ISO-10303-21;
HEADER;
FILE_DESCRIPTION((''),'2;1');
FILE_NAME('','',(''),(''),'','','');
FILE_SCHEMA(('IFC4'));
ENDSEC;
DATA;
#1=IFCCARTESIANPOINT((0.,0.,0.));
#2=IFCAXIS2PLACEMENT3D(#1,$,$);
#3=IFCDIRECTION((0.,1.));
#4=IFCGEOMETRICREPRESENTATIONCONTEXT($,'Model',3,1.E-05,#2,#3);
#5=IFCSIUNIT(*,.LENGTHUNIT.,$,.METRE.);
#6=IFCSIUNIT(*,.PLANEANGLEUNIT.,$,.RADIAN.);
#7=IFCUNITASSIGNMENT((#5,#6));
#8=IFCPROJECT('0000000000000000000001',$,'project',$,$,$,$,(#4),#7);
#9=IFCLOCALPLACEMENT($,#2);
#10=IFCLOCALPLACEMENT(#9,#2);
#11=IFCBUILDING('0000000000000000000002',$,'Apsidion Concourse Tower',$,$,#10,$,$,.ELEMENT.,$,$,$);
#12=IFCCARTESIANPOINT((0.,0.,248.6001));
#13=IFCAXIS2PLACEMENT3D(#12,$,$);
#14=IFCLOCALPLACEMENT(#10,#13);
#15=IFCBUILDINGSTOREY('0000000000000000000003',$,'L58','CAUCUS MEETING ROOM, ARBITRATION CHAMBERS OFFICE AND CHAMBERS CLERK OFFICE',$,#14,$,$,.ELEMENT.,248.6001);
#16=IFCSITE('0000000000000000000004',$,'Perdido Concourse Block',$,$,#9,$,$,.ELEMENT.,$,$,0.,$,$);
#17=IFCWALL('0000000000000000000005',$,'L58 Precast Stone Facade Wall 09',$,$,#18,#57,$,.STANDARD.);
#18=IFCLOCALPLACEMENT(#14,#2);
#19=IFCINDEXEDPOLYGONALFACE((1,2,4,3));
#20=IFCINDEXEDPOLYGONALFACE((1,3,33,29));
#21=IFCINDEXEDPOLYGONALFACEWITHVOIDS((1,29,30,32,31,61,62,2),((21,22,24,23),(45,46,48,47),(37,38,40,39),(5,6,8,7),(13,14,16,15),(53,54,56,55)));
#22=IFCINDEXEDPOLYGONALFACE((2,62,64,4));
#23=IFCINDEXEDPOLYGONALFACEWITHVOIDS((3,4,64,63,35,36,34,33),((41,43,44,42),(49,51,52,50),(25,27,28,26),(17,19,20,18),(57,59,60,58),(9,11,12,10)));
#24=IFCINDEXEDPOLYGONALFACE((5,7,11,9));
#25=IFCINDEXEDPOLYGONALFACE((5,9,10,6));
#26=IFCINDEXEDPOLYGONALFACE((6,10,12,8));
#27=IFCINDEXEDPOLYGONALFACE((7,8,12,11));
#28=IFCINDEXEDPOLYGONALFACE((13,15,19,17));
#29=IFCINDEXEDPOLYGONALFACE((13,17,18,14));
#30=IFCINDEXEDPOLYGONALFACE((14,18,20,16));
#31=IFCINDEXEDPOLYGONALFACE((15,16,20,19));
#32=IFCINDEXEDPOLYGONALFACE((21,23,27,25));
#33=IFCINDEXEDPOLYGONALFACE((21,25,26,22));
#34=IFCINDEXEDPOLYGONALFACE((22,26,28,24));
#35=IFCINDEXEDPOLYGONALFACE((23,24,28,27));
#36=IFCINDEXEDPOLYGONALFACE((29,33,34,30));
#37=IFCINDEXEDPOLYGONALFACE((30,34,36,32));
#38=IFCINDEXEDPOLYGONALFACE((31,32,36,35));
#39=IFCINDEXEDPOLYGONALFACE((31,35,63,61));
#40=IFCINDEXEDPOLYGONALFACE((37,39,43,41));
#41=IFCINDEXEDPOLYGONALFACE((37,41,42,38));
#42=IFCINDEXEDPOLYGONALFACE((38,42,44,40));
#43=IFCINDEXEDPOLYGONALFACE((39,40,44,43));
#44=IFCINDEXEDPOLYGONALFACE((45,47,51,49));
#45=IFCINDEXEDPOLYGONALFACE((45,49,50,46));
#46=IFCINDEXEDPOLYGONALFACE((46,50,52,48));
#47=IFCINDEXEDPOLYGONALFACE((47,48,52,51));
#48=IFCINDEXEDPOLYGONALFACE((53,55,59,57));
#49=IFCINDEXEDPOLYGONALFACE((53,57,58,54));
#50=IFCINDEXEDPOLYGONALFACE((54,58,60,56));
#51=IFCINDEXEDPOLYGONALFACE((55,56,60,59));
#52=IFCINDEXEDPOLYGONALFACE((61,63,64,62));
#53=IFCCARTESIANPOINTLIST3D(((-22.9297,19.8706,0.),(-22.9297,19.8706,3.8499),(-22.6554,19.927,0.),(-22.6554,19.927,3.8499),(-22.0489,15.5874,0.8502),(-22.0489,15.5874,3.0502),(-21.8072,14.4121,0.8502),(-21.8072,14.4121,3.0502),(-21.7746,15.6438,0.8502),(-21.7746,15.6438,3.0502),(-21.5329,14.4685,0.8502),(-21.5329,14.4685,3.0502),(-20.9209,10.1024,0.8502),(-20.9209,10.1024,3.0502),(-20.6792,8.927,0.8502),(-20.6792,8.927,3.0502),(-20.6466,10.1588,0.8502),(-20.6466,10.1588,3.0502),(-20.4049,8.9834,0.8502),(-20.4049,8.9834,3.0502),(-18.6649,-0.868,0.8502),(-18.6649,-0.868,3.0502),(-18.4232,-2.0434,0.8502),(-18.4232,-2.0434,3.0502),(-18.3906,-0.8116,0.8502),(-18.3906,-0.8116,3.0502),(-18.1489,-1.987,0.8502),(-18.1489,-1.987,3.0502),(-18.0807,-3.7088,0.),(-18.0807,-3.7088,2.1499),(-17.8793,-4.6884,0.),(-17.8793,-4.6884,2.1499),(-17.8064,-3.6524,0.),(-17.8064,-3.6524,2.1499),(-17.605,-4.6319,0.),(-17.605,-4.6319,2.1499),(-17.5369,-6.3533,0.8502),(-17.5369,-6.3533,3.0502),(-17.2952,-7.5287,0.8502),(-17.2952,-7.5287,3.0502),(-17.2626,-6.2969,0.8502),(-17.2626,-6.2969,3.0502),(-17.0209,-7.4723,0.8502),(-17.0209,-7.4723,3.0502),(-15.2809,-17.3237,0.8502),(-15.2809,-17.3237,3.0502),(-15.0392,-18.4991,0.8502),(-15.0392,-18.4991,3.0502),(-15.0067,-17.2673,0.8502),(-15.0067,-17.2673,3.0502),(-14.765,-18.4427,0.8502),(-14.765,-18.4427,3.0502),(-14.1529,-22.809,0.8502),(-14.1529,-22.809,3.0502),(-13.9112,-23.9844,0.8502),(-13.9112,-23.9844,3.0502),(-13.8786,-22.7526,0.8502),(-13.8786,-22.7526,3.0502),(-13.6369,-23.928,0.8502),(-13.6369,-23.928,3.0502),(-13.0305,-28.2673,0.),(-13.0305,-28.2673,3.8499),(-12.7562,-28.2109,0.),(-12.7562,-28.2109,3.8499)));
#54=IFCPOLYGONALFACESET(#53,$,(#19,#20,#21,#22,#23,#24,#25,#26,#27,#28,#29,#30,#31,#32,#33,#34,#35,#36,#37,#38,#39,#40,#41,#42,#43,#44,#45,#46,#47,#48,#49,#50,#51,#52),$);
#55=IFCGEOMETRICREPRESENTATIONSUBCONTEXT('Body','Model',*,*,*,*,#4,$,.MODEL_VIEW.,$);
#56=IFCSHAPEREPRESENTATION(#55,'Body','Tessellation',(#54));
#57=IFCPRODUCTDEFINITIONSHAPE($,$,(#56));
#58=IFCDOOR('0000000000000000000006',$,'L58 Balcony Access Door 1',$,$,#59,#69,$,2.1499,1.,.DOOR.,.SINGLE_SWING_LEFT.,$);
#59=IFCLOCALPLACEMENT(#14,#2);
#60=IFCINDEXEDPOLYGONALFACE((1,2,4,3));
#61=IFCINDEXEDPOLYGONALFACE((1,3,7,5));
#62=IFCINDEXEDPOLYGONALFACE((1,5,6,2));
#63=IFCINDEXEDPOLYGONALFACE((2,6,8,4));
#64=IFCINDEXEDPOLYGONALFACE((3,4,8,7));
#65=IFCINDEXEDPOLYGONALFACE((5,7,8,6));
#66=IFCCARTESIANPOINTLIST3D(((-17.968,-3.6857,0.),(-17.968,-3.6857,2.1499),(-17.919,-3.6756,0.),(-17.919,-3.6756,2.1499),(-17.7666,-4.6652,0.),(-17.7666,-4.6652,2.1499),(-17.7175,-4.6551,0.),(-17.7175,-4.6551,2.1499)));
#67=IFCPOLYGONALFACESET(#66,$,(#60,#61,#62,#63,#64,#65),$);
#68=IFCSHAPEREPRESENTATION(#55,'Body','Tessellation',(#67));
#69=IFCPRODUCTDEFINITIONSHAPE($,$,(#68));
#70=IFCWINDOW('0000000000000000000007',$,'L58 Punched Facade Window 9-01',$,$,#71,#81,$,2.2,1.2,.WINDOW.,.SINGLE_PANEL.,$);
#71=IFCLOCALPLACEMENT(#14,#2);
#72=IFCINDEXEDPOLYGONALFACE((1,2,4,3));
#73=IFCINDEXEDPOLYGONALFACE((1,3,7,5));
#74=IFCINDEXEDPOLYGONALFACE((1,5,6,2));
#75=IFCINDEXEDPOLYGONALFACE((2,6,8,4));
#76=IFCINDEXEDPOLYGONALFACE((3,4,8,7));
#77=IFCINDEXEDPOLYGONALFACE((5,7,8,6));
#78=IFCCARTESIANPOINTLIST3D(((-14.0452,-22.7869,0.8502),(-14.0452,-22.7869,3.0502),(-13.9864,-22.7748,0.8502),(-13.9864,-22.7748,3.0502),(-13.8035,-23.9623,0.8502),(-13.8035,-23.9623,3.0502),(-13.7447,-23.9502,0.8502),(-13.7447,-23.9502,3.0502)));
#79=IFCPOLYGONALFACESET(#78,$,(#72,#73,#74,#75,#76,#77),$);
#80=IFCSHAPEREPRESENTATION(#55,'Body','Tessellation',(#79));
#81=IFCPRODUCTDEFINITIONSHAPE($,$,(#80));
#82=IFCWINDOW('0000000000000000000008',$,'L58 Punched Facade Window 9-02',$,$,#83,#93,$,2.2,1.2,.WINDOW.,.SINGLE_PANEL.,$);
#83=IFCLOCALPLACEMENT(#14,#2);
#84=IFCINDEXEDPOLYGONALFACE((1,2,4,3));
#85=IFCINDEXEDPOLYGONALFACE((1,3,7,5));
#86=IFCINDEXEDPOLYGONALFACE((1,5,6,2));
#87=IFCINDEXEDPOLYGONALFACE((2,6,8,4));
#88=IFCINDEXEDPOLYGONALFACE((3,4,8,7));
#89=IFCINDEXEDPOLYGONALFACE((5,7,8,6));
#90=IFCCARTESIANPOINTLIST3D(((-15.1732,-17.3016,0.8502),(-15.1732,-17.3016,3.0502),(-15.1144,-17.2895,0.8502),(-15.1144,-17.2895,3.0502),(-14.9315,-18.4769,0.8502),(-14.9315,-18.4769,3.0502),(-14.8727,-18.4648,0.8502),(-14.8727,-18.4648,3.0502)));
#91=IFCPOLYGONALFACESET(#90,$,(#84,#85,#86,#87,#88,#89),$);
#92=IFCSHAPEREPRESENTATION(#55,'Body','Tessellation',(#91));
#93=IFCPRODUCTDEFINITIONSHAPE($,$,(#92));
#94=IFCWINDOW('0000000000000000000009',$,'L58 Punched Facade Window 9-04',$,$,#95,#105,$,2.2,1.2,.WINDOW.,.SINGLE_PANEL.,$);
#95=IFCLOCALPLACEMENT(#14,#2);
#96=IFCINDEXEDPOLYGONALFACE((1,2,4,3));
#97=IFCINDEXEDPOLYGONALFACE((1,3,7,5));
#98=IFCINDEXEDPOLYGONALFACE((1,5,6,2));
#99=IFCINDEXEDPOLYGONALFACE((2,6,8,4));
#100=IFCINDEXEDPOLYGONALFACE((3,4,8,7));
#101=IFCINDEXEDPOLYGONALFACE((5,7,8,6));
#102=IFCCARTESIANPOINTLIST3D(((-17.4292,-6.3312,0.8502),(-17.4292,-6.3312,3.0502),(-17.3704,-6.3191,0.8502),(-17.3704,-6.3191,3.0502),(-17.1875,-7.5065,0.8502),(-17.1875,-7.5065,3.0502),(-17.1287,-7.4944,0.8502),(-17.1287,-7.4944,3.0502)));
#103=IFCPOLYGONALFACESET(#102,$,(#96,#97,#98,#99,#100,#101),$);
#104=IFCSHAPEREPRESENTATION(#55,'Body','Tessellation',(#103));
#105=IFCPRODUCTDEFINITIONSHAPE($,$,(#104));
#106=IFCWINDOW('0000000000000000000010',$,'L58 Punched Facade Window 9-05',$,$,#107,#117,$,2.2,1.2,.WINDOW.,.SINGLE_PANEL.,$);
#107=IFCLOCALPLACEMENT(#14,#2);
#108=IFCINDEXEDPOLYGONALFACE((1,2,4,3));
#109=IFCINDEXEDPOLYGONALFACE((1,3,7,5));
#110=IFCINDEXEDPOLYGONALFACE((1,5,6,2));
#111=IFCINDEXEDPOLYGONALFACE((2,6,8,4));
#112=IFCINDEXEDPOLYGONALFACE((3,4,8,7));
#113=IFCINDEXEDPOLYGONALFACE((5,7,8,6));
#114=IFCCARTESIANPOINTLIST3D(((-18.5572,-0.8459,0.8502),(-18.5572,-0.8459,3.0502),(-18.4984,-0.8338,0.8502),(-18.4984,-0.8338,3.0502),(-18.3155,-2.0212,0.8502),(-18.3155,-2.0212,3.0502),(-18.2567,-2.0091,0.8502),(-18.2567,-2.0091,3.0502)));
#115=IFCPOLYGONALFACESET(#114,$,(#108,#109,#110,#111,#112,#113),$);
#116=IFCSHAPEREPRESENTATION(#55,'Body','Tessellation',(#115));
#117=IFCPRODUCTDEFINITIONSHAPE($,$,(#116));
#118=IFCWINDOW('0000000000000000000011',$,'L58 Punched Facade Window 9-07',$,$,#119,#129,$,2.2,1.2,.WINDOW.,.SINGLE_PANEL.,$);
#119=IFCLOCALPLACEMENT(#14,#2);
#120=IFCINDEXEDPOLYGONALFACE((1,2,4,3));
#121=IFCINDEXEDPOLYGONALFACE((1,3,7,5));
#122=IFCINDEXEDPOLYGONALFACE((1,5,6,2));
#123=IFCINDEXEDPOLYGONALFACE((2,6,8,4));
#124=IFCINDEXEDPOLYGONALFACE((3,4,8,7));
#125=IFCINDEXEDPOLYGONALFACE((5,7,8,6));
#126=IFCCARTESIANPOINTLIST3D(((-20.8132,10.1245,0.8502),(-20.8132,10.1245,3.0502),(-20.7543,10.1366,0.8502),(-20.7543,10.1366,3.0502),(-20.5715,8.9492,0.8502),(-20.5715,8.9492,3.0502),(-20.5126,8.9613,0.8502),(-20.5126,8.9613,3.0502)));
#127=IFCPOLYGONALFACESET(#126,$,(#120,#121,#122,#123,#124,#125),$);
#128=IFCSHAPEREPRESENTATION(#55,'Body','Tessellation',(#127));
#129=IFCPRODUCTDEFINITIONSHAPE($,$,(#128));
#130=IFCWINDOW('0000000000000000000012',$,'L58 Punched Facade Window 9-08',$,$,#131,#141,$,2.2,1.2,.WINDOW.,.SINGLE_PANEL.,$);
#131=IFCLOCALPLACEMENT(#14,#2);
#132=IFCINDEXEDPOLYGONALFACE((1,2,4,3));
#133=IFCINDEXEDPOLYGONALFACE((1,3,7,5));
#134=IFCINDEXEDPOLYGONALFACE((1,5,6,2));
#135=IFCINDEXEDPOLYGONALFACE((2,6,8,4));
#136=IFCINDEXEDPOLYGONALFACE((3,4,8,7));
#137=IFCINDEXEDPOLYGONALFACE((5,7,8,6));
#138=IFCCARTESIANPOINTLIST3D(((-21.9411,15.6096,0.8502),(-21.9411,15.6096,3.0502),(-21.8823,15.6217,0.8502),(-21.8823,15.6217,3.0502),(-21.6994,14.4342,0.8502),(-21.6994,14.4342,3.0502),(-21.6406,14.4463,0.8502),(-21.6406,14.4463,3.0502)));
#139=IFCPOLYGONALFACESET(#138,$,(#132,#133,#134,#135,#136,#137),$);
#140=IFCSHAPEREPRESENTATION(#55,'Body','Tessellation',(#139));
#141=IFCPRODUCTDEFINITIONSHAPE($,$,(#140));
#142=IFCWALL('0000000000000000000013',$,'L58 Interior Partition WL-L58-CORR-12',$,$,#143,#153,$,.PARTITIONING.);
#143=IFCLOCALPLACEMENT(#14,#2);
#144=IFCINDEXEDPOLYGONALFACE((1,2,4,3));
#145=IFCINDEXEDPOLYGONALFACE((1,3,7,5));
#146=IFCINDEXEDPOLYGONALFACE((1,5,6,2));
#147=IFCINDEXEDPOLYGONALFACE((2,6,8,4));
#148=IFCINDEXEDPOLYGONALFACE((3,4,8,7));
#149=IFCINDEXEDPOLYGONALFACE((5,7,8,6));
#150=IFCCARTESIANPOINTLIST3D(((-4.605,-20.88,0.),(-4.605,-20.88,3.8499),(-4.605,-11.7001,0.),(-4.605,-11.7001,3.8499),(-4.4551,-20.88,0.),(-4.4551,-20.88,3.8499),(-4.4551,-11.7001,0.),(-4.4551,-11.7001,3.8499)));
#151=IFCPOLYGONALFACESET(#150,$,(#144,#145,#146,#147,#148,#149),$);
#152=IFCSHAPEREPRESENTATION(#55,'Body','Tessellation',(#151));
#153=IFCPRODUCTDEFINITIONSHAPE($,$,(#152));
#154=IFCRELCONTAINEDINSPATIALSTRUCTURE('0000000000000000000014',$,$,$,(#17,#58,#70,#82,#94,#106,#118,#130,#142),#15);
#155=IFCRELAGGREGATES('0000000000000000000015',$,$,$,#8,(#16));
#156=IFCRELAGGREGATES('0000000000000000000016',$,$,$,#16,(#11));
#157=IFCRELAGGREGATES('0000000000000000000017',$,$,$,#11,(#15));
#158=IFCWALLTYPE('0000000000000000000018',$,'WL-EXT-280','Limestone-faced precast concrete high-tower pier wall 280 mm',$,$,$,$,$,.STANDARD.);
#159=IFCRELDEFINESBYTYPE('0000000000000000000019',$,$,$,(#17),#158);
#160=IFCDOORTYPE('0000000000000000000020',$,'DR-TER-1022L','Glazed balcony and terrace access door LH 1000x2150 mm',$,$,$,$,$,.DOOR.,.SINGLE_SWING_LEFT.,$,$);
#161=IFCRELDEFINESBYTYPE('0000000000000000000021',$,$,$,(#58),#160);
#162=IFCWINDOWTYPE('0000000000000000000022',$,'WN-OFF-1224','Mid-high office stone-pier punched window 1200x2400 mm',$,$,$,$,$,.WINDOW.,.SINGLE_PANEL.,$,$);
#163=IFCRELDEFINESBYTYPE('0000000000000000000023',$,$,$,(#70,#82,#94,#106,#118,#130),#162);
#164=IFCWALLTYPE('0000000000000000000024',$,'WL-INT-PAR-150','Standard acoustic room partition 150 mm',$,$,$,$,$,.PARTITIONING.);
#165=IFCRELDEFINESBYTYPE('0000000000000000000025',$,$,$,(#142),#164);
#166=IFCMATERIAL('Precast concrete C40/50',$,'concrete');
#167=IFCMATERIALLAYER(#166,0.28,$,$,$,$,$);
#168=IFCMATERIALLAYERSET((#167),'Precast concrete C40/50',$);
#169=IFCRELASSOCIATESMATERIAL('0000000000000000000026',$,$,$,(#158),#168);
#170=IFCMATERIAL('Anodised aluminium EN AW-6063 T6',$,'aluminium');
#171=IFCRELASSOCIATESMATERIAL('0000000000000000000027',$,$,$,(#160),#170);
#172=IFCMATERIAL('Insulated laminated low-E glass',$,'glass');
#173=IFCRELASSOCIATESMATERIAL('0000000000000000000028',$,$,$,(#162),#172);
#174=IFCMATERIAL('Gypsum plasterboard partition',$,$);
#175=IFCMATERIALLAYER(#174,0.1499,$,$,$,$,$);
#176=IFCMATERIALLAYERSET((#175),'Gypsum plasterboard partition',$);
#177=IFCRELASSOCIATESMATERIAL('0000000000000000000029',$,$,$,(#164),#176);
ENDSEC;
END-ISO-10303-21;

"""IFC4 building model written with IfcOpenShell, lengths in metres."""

from ifc_helpers import new_model, si_unit, direction, frame, frame_2d, origin, place, context, subcontext, project, spatial, rectangle, extrude, material, layer, layer_set, type_object, element, fill, save


model = new_model("IFC4")

# Units and contexts
model_context = context("Model", 3, precision=1e-05, world=origin(), true_north=direction((0.0, 1.0)))
body_context = subcontext(model_context, "Body", "Model", "MODEL_VIEW")
ifc_project = project(units=[si_unit("LENGTHUNIT", "METRE"), si_unit("PLANEANGLEUNIT", "RADIAN")], contexts=[model_context])

# Site, building, storey
site_placement = place(None, origin())
site = spatial("IfcSite", under=ifc_project, at=site_placement, Name="Perdido Concourse Block", CompositionType="ELEMENT", RefElevation=0.0)
building_placement = place(site_placement, origin())
building = spatial("IfcBuilding", under=site, at=building_placement, Name="Apsidion Concourse Tower", CompositionType="ELEMENT")
storey_placement = place(building_placement, frame((0.0, 0.0, 248.6001)))
storey = spatial("IfcBuildingStorey", under=building, at=storey_placement, Name="L58", Description="CAUCUS MEETING ROOM, ARBITRATION CHAMBERS OFFICE AND CHAMBERS CLERK OFFICE", CompositionType="ELEMENT", Elevation=248.6001)

# Shared definitions
ifc_material_1 = material(Name="Precast concrete C40/50", Category="concrete")
ifc_layer_1 = layer(ifc_material_1, 0.28)
ifc_layer_set_1 = layer_set([ifc_layer_1], Name="Precast concrete C40/50")
wall_type_1 = type_object("IfcWallType", Name="WL-EXT-280", Description="Limestone-faced precast concrete high-tower pier wall 280 mm", PredefinedType="STANDARD", material=ifc_layer_set_1)

# Wall, openings, door, windows
wall_1_placement = place(storey_placement, frame((-12.8933, -28.2393, 0.0), z_axis=(0.0, 0.0, 1.0), x_axis=(-0.201427, 0.979504, 0.0)))
wall_1 = element("IfcWall", 1, at=wall_1_placement, inside=storey, type_object=wall_type_1, Name="L58 Precast Stone Facade Wall 09", PredefinedType="STANDARD", context=body_context, shape_type="SweptSolid", body=[
    extrude(rectangle(XDim=49.1453, YDim=0.28, at=frame_2d((24.5728, 0.0))), origin(), (0.0, 0.0, 1.0), 3.8499),
])
opening_1_placement = place(wall_1_placement, frame((24.0725, 0.0, 0.0)))
opening_1 = element("IfcOpeningElement", 2, at=opening_1_placement, cuts=wall_1, PredefinedType="OPENING", context=body_context, shape_type="SweptSolid", body=[
    extrude(rectangle(XDim=1.0, YDim=2.1499, at=frame_2d((0.5, 1.075))), frame((0.0, 0.1499, 0.0), z_axis=(0.0, -1.0, 0.0), x_axis=(1.0, 0.0, 0.0)), (0.0, 0.0, 1.0), 0.3),
])
opening_2_placement = place(wall_1_placement, frame((4.3726, 0.0, 0.8501)))
opening_2 = element("IfcOpeningElement", 3, at=opening_2_placement, cuts=wall_1, PredefinedType="OPENING", context=body_context, shape_type="SweptSolid", body=[
    extrude(rectangle(XDim=1.2, YDim=2.2, at=frame_2d((0.6001, 1.1001))), frame((0.0, 0.1499, 0.0), z_axis=(0.0, -1.0, 0.0), x_axis=(1.0, 0.0, 0.0)), (0.0, 0.0, 1.0), 0.3),
])
opening_3_placement = place(wall_1_placement, frame((9.9727, 0.0, 0.8501)))
opening_3 = element("IfcOpeningElement", 4, at=opening_3_placement, cuts=wall_1, PredefinedType="OPENING", context=body_context, shape_type="SweptSolid", body=[
    extrude(rectangle(XDim=1.2, YDim=2.2, at=frame_2d((0.6001, 1.1001))), frame((0.0, 0.1499, 0.0), z_axis=(0.0, -1.0, 0.0), x_axis=(1.0, 0.0, 0.0)), (0.0, 0.0, 1.0), 0.3),
])
opening_4_placement = place(wall_1_placement, frame((21.1726, 0.0, 0.8501)))
opening_4 = element("IfcOpeningElement", 5, at=opening_4_placement, cuts=wall_1, PredefinedType="OPENING", context=body_context, shape_type="SweptSolid", body=[
    extrude(rectangle(XDim=1.2, YDim=2.2, at=frame_2d((0.6001, 1.1001))), frame((0.0, 0.1499, 0.0), z_axis=(0.0, -1.0, 0.0), x_axis=(1.0, 0.0, 0.0)), (0.0, 0.0, 1.0), 0.3),
])
opening_5_placement = place(wall_1_placement, frame((26.7727, 0.0, 0.8501)))
opening_5 = element("IfcOpeningElement", 6, at=opening_5_placement, cuts=wall_1, PredefinedType="OPENING", context=body_context, shape_type="SweptSolid", body=[
    extrude(rectangle(XDim=1.2, YDim=2.2, at=frame_2d((0.6001, 1.1001))), frame((0.0, 0.1499, 0.0), z_axis=(0.0, -1.0, 0.0), x_axis=(1.0, 0.0, 0.0)), (0.0, 0.0, 1.0), 0.3),
])
opening_6_placement = place(wall_1_placement, frame((37.9727, 0.0, 0.8501)))
opening_6 = element("IfcOpeningElement", 7, at=opening_6_placement, cuts=wall_1, PredefinedType="OPENING", context=body_context, shape_type="SweptSolid", body=[
    extrude(rectangle(XDim=1.2, YDim=2.2, at=frame_2d((0.6001, 1.1001))), frame((0.0, 0.1499, 0.0), z_axis=(0.0, -1.0, 0.0), x_axis=(1.0, 0.0, 0.0)), (0.0, 0.0, 1.0), 0.3),
])
opening_7_placement = place(wall_1_placement, frame((43.5725, 0.0, 0.8501)))
opening_7 = element("IfcOpeningElement", 8, at=opening_7_placement, cuts=wall_1, PredefinedType="OPENING", context=body_context, shape_type="SweptSolid", body=[
    extrude(rectangle(XDim=1.2, YDim=2.2, at=frame_2d((0.6001, 1.1001))), frame((0.0, 0.1499, 0.0), z_axis=(0.0, -1.0, 0.0), x_axis=(1.0, 0.0, 0.0)), (0.0, 0.0, 1.0), 0.3),
])
ifc_material_2 = material(Name="Anodised aluminium EN AW-6063 T6", Category="aluminium")
door_type = type_object("IfcDoorType", Name="DR-TER-1022L", Description="Glazed balcony and terrace access door LH 1000x2150 mm", OperationType="SINGLE_SWING_LEFT", PredefinedType="DOOR", material=ifc_material_2)
door_placement = place(opening_1_placement, origin())
door = element("IfcDoor", 9, at=door_placement, inside=storey, type_object=door_type, Name="L58 Balcony Access Door 1", OperationType="SINGLE_SWING_LEFT", OverallHeight=2.1499, OverallWidth=1.0, PredefinedType="DOOR", context=body_context, shape_type="SweptSolid", body=[
    extrude(rectangle(XDim=1.0, YDim=2.1499, at=frame_2d((0.5, 1.075))), frame((0.0, 0.0249, 0.0), z_axis=(0.0, -1.0, 0.0), x_axis=(1.0, 0.0, 0.0)), (0.0, 0.0, 1.0), 0.05),
])
fill(opening_1, door)
ifc_material_3 = material(Name="Insulated laminated low-E glass", Category="glass")
window_type = type_object("IfcWindowType", Name="WN-OFF-1224", Description="Mid-high office stone-pier punched window 1200x2400 mm", PartitioningType="SINGLE_PANEL", PredefinedType="WINDOW", material=ifc_material_3)
window_1_placement = place(opening_2_placement, origin())
window_1 = element("IfcWindow", 10, at=window_1_placement, inside=storey, type_object=window_type, Name="L58 Punched Facade Window 9-01", OverallHeight=2.2, OverallWidth=1.2, PartitioningType="SINGLE_PANEL", PredefinedType="WINDOW", context=body_context, shape_type="SweptSolid", body=[
    extrude(rectangle(XDim=1.2, YDim=2.2, at=frame_2d((0.6001, 1.1001))), frame((0.0, 0.03, 0.0), z_axis=(0.0, -1.0, 0.0), x_axis=(1.0, 0.0, 0.0)), (0.0, 0.0, 1.0), 0.0601),
])
fill(opening_2, window_1)
window_2_placement = place(opening_3_placement, origin())
window_2 = element("IfcWindow", 11, at=window_2_placement, inside=storey, type_object=window_type, Name="L58 Punched Facade Window 9-02", OverallHeight=2.2, OverallWidth=1.2, PartitioningType="SINGLE_PANEL", PredefinedType="WINDOW", context=body_context, shape_type="SweptSolid", body=[
    extrude(rectangle(XDim=1.2, YDim=2.2, at=frame_2d((0.6001, 1.1001))), frame((0.0, 0.03, 0.0), z_axis=(0.0, -1.0, 0.0), x_axis=(1.0, 0.0, 0.0)), (0.0, 0.0, 1.0), 0.0601),
])
fill(opening_3, window_2)
window_3_placement = place(opening_4_placement, origin())
window_3 = element("IfcWindow", 12, at=window_3_placement, inside=storey, type_object=window_type, Name="L58 Punched Facade Window 9-04", OverallHeight=2.2, OverallWidth=1.2, PartitioningType="SINGLE_PANEL", PredefinedType="WINDOW", context=body_context, shape_type="SweptSolid", body=[
    extrude(rectangle(XDim=1.2, YDim=2.2, at=frame_2d((0.6001, 1.1001))), frame((0.0, 0.03, 0.0), z_axis=(0.0, -1.0, 0.0), x_axis=(1.0, 0.0, 0.0)), (0.0, 0.0, 1.0), 0.0601),
])
fill(opening_4, window_3)
window_4_placement = place(opening_5_placement, origin())
window_4 = element("IfcWindow", 13, at=window_4_placement, inside=storey, type_object=window_type, Name="L58 Punched Facade Window 9-05", OverallHeight=2.2, OverallWidth=1.2, PartitioningType="SINGLE_PANEL", PredefinedType="WINDOW", context=body_context, shape_type="SweptSolid", body=[
    extrude(rectangle(XDim=1.2, YDim=2.2, at=frame_2d((0.6001, 1.1001))), frame((0.0, 0.03, 0.0), z_axis=(0.0, -1.0, 0.0), x_axis=(1.0, 0.0, 0.0)), (0.0, 0.0, 1.0), 0.0601),
])
fill(opening_5, window_4)
window_5_placement = place(opening_6_placement, origin())
window_5 = element("IfcWindow", 14, at=window_5_placement, inside=storey, type_object=window_type, Name="L58 Punched Facade Window 9-07", OverallHeight=2.2, OverallWidth=1.2, PartitioningType="SINGLE_PANEL", PredefinedType="WINDOW", context=body_context, shape_type="SweptSolid", body=[
    extrude(rectangle(XDim=1.2, YDim=2.2, at=frame_2d((0.6001, 1.1001))), frame((0.0, 0.03, 0.0), z_axis=(0.0, -1.0, 0.0), x_axis=(1.0, 0.0, 0.0)), (0.0, 0.0, 1.0), 0.0601),
])
fill(opening_6, window_5)
window_6_placement = place(opening_7_placement, origin())
window_6 = element("IfcWindow", 15, at=window_6_placement, inside=storey, type_object=window_type, Name="L58 Punched Facade Window 9-08", OverallHeight=2.2, OverallWidth=1.2, PartitioningType="SINGLE_PANEL", PredefinedType="WINDOW", context=body_context, shape_type="SweptSolid", body=[
    extrude(rectangle(XDim=1.2, YDim=2.2, at=frame_2d((0.6001, 1.1001))), frame((0.0, 0.03, 0.0), z_axis=(0.0, -1.0, 0.0), x_axis=(1.0, 0.0, 0.0)), (0.0, 0.0, 1.0), 0.0601),
])
fill(opening_7, window_6)

# Wall
ifc_material_4 = material(Name="Gypsum plasterboard partition")
ifc_layer_2 = layer(ifc_material_4, 0.1499)
ifc_layer_set_2 = layer_set([ifc_layer_2], Name="Gypsum plasterboard partition")
wall_type_2 = type_object("IfcWallType", Name="WL-INT-PAR-150", Description="Standard acoustic room partition 150 mm", PredefinedType="PARTITIONING", material=ifc_layer_set_2)
wall_2_placement = place(storey_placement, frame((-4.53, -20.8799, 0.0), z_axis=(0.0, 0.0, 1.0), x_axis=(0.0, 1.0, 0.0)))
element("IfcWall", 16, at=wall_2_placement, inside=storey, type_object=wall_type_2, Name="L58 Interior Partition WL-L58-CORR-12", PredefinedType="PARTITIONING", context=body_context, shape_type="SweptSolid", body=[
    extrude(rectangle(XDim=9.1799, YDim=0.1499, at=frame_2d((4.5898, 0.0))), origin(), (0.0, 0.0, 1.0), 3.8499),
])

save(model, "model.ifc")
